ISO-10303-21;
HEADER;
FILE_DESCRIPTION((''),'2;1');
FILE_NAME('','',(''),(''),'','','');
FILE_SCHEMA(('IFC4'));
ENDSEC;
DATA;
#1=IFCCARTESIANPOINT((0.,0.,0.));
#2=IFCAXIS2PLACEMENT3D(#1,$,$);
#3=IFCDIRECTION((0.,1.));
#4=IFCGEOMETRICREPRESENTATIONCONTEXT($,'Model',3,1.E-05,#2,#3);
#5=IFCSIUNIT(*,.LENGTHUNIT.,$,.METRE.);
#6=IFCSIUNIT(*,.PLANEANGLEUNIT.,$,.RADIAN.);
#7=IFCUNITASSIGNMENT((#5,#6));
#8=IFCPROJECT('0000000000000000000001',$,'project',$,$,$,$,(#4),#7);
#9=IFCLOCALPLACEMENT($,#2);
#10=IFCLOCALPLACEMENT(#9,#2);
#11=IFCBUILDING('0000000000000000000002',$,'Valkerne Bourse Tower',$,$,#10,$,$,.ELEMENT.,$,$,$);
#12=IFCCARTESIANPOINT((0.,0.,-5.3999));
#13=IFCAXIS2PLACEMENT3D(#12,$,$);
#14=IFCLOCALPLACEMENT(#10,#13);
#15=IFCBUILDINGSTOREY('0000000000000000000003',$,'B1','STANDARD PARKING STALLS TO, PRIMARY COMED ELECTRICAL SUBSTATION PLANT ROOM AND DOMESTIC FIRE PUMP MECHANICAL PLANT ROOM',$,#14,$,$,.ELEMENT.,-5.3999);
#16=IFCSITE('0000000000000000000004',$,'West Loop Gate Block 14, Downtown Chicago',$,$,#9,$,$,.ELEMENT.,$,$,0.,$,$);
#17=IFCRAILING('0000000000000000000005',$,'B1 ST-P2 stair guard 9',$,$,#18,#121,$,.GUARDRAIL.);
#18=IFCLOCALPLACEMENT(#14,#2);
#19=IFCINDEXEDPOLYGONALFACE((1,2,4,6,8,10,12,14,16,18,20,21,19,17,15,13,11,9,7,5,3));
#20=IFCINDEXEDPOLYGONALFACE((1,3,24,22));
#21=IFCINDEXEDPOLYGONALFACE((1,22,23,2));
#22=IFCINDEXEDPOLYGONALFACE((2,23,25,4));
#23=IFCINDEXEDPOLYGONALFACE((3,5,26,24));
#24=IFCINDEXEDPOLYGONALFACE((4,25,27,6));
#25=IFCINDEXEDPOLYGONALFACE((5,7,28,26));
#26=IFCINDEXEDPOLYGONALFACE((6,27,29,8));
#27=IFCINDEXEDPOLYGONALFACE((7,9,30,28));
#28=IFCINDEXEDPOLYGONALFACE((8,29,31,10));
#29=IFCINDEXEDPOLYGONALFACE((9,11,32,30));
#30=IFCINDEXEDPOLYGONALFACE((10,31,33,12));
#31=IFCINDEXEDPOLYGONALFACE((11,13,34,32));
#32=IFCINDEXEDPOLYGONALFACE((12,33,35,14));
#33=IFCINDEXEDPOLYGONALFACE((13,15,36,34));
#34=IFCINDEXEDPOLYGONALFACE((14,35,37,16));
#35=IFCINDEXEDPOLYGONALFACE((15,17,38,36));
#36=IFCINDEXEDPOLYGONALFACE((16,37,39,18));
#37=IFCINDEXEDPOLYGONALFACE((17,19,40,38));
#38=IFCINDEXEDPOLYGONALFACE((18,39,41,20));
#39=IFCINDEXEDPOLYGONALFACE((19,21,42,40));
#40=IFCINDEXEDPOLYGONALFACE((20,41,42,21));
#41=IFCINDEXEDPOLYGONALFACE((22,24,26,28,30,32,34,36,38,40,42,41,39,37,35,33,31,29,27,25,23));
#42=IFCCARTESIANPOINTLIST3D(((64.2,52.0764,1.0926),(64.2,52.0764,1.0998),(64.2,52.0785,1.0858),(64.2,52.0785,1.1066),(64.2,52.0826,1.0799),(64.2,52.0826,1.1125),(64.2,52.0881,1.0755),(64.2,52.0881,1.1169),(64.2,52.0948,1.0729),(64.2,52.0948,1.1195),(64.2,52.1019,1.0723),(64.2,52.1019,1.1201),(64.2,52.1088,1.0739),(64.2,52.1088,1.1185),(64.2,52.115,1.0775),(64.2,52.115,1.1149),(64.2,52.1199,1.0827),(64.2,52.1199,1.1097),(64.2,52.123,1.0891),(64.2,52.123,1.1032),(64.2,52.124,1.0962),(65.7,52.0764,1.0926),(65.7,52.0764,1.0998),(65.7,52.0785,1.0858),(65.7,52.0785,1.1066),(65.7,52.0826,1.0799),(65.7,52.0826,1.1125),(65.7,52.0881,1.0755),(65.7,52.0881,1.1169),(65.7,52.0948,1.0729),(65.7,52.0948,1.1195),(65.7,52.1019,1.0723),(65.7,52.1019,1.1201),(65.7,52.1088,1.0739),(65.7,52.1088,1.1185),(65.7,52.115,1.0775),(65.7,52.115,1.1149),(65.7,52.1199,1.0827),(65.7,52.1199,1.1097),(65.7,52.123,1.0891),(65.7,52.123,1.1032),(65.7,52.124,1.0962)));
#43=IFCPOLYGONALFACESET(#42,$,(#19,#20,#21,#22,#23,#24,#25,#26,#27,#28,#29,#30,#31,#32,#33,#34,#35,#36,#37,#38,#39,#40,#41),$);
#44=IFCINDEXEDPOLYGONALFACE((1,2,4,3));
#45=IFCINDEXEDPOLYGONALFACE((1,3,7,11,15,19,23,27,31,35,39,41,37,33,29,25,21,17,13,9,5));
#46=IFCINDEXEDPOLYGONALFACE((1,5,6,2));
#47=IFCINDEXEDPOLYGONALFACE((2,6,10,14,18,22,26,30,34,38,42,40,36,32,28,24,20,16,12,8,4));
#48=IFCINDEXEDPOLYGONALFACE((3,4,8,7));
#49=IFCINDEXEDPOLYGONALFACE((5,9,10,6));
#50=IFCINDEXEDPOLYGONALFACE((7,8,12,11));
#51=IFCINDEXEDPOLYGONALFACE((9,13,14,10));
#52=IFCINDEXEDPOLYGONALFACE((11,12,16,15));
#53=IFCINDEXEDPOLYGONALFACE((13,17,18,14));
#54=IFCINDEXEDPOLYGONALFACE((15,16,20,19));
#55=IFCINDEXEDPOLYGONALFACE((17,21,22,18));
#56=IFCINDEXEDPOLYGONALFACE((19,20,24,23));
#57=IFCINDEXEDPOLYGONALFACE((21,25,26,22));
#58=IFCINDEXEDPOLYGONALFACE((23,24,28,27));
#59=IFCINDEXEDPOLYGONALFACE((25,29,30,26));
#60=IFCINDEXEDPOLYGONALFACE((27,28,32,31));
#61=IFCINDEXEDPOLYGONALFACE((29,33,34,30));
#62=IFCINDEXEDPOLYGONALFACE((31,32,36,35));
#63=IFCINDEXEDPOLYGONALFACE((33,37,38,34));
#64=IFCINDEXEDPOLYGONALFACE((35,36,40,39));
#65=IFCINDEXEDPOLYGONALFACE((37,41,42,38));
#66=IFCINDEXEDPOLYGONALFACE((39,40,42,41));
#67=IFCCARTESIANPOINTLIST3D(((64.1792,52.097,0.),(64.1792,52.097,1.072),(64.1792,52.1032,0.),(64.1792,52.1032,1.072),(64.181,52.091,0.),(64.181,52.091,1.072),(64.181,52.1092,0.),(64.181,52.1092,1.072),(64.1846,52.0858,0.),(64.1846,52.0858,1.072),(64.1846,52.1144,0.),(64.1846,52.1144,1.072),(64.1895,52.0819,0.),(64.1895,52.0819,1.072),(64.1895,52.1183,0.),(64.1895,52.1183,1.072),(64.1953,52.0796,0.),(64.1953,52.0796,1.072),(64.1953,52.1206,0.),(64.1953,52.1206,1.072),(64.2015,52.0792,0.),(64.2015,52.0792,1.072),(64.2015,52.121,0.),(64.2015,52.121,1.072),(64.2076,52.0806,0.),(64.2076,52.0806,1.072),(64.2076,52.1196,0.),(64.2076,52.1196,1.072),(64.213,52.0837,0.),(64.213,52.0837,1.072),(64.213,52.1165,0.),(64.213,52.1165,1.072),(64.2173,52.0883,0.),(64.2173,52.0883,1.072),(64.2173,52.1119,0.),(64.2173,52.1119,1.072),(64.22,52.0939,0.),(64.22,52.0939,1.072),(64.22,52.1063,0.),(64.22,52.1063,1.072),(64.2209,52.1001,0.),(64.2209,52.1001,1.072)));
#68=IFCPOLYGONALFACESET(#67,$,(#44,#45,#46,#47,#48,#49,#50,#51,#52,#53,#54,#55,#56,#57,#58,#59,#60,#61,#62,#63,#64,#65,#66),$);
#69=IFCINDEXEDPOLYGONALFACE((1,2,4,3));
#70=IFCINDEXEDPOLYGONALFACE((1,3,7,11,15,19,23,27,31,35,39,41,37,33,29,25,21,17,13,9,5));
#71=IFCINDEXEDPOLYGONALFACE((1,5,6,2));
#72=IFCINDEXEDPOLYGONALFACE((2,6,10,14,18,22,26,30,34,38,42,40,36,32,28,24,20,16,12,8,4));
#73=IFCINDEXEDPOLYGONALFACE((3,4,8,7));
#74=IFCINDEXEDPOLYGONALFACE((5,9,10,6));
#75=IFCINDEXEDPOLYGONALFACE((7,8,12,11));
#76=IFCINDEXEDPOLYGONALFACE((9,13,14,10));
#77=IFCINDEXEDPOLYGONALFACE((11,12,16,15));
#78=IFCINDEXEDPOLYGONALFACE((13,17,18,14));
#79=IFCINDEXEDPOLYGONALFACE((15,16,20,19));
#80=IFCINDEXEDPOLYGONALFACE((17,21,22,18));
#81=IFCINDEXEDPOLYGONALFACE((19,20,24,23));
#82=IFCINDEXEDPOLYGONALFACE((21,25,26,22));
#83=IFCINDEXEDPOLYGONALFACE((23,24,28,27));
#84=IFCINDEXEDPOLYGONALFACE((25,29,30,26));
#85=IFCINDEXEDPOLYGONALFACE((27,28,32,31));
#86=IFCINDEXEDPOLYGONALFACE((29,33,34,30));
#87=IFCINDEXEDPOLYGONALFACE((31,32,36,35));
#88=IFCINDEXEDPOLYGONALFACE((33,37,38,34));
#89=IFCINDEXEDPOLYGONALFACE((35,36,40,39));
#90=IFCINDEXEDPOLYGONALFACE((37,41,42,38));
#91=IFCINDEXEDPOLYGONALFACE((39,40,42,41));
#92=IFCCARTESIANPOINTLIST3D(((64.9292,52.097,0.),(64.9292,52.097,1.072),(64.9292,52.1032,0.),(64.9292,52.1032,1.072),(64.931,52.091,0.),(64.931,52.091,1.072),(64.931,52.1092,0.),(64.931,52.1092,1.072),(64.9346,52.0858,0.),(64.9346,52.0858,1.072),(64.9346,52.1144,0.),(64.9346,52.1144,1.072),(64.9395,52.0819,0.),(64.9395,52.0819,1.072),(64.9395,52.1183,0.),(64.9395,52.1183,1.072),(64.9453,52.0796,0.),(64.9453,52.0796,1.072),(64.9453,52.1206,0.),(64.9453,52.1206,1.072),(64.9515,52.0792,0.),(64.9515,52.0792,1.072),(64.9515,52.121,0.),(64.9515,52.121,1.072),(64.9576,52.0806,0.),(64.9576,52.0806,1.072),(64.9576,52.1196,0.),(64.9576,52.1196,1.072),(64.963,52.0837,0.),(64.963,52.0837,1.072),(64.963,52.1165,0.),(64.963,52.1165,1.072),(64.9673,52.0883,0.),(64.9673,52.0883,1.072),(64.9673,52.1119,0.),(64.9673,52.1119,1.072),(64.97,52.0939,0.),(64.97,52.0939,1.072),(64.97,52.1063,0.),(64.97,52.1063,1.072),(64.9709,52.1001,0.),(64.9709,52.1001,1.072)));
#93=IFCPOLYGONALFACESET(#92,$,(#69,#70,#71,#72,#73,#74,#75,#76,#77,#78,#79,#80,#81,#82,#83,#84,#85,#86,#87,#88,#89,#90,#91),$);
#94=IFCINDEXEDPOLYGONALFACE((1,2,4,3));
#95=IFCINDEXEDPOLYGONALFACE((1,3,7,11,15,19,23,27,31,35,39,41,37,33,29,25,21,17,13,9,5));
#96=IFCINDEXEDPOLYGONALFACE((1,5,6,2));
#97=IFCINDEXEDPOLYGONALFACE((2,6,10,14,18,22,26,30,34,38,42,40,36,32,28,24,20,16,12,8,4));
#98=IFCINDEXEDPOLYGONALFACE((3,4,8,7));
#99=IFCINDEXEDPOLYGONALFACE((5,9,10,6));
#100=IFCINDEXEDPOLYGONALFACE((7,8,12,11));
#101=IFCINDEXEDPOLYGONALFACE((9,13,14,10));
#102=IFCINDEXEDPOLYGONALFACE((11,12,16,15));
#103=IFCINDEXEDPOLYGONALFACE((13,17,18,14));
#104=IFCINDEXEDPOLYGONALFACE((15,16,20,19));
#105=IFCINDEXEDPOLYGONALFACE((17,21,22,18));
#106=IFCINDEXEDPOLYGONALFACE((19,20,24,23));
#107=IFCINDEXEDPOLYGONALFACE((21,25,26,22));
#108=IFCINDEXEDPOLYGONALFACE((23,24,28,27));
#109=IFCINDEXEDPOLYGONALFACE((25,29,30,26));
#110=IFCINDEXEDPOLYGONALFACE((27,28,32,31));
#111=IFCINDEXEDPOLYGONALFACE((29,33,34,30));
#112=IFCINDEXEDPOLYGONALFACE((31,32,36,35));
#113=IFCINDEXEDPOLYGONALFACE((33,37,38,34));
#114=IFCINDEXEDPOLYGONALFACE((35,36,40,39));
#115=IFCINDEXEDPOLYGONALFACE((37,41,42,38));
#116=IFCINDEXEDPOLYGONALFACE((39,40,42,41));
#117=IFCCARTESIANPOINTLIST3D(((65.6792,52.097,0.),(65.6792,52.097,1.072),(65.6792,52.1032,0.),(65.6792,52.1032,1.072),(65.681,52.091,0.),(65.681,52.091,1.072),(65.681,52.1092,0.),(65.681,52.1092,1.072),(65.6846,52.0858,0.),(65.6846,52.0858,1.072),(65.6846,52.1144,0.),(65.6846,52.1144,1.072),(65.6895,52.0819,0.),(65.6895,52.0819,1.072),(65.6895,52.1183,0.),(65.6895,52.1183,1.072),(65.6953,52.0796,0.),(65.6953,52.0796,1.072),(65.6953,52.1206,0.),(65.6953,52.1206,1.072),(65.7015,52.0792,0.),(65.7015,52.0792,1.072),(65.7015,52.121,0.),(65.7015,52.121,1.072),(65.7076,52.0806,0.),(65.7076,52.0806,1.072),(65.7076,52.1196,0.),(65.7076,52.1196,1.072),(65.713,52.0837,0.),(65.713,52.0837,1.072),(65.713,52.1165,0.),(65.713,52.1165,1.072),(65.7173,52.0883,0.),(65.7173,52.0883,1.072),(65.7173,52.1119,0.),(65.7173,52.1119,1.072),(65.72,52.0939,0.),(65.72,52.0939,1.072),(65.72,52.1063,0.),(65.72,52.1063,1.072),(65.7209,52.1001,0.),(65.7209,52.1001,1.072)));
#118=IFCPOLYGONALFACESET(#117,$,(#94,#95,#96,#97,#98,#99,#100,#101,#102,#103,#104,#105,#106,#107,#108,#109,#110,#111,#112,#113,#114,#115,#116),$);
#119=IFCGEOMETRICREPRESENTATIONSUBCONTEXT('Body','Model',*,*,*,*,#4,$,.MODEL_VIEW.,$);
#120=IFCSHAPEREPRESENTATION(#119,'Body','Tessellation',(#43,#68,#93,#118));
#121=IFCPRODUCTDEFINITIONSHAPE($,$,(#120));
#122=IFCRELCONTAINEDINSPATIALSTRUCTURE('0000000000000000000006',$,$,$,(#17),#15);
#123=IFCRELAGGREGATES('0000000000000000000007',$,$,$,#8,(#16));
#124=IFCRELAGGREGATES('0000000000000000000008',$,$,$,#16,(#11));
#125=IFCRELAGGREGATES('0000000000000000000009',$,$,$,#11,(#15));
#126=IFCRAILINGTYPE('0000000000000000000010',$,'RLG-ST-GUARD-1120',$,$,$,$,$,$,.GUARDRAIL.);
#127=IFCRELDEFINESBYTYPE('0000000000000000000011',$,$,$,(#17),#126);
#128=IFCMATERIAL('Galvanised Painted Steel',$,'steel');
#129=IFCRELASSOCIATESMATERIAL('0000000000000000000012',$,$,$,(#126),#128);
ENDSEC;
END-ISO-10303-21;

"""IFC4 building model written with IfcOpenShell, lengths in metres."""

from ifc_helpers import new_model, si_unit, direction, frame, origin, origin_2d, place, context, subcontext, project, spatial, circle, extrude, material, type_object, element, save


model = new_model("IFC4")

# Units and contexts
model_context = context("Model", 3, precision=1e-05, world=origin(), true_north=direction((0.0, 1.0)))
body_context = subcontext(model_context, "Body", "Model", "MODEL_VIEW")
ifc_project = project(units=[si_unit("LENGTHUNIT", "METRE"), si_unit("PLANEANGLEUNIT", "RADIAN")], contexts=[model_context])

# Site, building, storey
site_placement = place(None, origin())
site = spatial("IfcSite", under=ifc_project, at=site_placement, Name="West Loop Gate Block 14, Downtown Chicago", CompositionType="ELEMENT", RefElevation=0.0)
building_placement = place(site_placement, origin())
building = spatial("IfcBuilding", under=site, at=building_placement, Name="Valkerne Bourse Tower", CompositionType="ELEMENT")
storey_placement = place(building_placement, frame((0.0, 0.0, -5.3999)))
storey = spatial("IfcBuildingStorey", under=building, at=storey_placement, Name="B1", Description="STANDARD PARKING STALLS TO, PRIMARY COMED ELECTRICAL SUBSTATION PLANT ROOM AND DOMESTIC FIRE PUMP MECHANICAL PLANT ROOM", CompositionType="ELEMENT", Elevation=-5.3999)

# Shared definitions
ifc_material_1 = material(Name="Galvanised Painted Steel", Category="steel")

# Railing
railing_type_1 = type_object("IfcRailingType", Name="RLG-ST-GUARD-1120", PredefinedType="GUARDRAIL", material=ifc_material_1)
for number, where, name in (
    (1, (64.2, 52.1001, 0.0), "B1 ST-P2 stair guard 9"),
):
    element("IfcRailing", number, at=place(storey_placement, frame(where)), inside=storey, type_object=railing_type_1, Name=name, PredefinedType="GUARDRAIL", context=body_context, shape_type="SweptSolid", body=[
        extrude(circle(Radius=0.0239, at=origin_2d()), frame((0.0, 0.0, 1.0962), z_axis=(1.0, 0.0, 0.0), x_axis=(0.0, 1.0, 0.0)), (0.0, 0.0, 1.0), 1.5),
        extrude(circle(Radius=0.021, at=origin_2d()), origin(), (0.0, 0.0, 1.0), 1.072),
        extrude(circle(Radius=0.021, at=origin_2d()), frame((0.75, 0.0, 0.0)), (0.0, 0.0, 1.0), 1.072),
        extrude(circle(Radius=0.021, at=origin_2d()), frame((1.5, 0.0, 0.0)), (0.0, 0.0, 1.0), 1.072),
    ])

save(model, "model.ifc")
